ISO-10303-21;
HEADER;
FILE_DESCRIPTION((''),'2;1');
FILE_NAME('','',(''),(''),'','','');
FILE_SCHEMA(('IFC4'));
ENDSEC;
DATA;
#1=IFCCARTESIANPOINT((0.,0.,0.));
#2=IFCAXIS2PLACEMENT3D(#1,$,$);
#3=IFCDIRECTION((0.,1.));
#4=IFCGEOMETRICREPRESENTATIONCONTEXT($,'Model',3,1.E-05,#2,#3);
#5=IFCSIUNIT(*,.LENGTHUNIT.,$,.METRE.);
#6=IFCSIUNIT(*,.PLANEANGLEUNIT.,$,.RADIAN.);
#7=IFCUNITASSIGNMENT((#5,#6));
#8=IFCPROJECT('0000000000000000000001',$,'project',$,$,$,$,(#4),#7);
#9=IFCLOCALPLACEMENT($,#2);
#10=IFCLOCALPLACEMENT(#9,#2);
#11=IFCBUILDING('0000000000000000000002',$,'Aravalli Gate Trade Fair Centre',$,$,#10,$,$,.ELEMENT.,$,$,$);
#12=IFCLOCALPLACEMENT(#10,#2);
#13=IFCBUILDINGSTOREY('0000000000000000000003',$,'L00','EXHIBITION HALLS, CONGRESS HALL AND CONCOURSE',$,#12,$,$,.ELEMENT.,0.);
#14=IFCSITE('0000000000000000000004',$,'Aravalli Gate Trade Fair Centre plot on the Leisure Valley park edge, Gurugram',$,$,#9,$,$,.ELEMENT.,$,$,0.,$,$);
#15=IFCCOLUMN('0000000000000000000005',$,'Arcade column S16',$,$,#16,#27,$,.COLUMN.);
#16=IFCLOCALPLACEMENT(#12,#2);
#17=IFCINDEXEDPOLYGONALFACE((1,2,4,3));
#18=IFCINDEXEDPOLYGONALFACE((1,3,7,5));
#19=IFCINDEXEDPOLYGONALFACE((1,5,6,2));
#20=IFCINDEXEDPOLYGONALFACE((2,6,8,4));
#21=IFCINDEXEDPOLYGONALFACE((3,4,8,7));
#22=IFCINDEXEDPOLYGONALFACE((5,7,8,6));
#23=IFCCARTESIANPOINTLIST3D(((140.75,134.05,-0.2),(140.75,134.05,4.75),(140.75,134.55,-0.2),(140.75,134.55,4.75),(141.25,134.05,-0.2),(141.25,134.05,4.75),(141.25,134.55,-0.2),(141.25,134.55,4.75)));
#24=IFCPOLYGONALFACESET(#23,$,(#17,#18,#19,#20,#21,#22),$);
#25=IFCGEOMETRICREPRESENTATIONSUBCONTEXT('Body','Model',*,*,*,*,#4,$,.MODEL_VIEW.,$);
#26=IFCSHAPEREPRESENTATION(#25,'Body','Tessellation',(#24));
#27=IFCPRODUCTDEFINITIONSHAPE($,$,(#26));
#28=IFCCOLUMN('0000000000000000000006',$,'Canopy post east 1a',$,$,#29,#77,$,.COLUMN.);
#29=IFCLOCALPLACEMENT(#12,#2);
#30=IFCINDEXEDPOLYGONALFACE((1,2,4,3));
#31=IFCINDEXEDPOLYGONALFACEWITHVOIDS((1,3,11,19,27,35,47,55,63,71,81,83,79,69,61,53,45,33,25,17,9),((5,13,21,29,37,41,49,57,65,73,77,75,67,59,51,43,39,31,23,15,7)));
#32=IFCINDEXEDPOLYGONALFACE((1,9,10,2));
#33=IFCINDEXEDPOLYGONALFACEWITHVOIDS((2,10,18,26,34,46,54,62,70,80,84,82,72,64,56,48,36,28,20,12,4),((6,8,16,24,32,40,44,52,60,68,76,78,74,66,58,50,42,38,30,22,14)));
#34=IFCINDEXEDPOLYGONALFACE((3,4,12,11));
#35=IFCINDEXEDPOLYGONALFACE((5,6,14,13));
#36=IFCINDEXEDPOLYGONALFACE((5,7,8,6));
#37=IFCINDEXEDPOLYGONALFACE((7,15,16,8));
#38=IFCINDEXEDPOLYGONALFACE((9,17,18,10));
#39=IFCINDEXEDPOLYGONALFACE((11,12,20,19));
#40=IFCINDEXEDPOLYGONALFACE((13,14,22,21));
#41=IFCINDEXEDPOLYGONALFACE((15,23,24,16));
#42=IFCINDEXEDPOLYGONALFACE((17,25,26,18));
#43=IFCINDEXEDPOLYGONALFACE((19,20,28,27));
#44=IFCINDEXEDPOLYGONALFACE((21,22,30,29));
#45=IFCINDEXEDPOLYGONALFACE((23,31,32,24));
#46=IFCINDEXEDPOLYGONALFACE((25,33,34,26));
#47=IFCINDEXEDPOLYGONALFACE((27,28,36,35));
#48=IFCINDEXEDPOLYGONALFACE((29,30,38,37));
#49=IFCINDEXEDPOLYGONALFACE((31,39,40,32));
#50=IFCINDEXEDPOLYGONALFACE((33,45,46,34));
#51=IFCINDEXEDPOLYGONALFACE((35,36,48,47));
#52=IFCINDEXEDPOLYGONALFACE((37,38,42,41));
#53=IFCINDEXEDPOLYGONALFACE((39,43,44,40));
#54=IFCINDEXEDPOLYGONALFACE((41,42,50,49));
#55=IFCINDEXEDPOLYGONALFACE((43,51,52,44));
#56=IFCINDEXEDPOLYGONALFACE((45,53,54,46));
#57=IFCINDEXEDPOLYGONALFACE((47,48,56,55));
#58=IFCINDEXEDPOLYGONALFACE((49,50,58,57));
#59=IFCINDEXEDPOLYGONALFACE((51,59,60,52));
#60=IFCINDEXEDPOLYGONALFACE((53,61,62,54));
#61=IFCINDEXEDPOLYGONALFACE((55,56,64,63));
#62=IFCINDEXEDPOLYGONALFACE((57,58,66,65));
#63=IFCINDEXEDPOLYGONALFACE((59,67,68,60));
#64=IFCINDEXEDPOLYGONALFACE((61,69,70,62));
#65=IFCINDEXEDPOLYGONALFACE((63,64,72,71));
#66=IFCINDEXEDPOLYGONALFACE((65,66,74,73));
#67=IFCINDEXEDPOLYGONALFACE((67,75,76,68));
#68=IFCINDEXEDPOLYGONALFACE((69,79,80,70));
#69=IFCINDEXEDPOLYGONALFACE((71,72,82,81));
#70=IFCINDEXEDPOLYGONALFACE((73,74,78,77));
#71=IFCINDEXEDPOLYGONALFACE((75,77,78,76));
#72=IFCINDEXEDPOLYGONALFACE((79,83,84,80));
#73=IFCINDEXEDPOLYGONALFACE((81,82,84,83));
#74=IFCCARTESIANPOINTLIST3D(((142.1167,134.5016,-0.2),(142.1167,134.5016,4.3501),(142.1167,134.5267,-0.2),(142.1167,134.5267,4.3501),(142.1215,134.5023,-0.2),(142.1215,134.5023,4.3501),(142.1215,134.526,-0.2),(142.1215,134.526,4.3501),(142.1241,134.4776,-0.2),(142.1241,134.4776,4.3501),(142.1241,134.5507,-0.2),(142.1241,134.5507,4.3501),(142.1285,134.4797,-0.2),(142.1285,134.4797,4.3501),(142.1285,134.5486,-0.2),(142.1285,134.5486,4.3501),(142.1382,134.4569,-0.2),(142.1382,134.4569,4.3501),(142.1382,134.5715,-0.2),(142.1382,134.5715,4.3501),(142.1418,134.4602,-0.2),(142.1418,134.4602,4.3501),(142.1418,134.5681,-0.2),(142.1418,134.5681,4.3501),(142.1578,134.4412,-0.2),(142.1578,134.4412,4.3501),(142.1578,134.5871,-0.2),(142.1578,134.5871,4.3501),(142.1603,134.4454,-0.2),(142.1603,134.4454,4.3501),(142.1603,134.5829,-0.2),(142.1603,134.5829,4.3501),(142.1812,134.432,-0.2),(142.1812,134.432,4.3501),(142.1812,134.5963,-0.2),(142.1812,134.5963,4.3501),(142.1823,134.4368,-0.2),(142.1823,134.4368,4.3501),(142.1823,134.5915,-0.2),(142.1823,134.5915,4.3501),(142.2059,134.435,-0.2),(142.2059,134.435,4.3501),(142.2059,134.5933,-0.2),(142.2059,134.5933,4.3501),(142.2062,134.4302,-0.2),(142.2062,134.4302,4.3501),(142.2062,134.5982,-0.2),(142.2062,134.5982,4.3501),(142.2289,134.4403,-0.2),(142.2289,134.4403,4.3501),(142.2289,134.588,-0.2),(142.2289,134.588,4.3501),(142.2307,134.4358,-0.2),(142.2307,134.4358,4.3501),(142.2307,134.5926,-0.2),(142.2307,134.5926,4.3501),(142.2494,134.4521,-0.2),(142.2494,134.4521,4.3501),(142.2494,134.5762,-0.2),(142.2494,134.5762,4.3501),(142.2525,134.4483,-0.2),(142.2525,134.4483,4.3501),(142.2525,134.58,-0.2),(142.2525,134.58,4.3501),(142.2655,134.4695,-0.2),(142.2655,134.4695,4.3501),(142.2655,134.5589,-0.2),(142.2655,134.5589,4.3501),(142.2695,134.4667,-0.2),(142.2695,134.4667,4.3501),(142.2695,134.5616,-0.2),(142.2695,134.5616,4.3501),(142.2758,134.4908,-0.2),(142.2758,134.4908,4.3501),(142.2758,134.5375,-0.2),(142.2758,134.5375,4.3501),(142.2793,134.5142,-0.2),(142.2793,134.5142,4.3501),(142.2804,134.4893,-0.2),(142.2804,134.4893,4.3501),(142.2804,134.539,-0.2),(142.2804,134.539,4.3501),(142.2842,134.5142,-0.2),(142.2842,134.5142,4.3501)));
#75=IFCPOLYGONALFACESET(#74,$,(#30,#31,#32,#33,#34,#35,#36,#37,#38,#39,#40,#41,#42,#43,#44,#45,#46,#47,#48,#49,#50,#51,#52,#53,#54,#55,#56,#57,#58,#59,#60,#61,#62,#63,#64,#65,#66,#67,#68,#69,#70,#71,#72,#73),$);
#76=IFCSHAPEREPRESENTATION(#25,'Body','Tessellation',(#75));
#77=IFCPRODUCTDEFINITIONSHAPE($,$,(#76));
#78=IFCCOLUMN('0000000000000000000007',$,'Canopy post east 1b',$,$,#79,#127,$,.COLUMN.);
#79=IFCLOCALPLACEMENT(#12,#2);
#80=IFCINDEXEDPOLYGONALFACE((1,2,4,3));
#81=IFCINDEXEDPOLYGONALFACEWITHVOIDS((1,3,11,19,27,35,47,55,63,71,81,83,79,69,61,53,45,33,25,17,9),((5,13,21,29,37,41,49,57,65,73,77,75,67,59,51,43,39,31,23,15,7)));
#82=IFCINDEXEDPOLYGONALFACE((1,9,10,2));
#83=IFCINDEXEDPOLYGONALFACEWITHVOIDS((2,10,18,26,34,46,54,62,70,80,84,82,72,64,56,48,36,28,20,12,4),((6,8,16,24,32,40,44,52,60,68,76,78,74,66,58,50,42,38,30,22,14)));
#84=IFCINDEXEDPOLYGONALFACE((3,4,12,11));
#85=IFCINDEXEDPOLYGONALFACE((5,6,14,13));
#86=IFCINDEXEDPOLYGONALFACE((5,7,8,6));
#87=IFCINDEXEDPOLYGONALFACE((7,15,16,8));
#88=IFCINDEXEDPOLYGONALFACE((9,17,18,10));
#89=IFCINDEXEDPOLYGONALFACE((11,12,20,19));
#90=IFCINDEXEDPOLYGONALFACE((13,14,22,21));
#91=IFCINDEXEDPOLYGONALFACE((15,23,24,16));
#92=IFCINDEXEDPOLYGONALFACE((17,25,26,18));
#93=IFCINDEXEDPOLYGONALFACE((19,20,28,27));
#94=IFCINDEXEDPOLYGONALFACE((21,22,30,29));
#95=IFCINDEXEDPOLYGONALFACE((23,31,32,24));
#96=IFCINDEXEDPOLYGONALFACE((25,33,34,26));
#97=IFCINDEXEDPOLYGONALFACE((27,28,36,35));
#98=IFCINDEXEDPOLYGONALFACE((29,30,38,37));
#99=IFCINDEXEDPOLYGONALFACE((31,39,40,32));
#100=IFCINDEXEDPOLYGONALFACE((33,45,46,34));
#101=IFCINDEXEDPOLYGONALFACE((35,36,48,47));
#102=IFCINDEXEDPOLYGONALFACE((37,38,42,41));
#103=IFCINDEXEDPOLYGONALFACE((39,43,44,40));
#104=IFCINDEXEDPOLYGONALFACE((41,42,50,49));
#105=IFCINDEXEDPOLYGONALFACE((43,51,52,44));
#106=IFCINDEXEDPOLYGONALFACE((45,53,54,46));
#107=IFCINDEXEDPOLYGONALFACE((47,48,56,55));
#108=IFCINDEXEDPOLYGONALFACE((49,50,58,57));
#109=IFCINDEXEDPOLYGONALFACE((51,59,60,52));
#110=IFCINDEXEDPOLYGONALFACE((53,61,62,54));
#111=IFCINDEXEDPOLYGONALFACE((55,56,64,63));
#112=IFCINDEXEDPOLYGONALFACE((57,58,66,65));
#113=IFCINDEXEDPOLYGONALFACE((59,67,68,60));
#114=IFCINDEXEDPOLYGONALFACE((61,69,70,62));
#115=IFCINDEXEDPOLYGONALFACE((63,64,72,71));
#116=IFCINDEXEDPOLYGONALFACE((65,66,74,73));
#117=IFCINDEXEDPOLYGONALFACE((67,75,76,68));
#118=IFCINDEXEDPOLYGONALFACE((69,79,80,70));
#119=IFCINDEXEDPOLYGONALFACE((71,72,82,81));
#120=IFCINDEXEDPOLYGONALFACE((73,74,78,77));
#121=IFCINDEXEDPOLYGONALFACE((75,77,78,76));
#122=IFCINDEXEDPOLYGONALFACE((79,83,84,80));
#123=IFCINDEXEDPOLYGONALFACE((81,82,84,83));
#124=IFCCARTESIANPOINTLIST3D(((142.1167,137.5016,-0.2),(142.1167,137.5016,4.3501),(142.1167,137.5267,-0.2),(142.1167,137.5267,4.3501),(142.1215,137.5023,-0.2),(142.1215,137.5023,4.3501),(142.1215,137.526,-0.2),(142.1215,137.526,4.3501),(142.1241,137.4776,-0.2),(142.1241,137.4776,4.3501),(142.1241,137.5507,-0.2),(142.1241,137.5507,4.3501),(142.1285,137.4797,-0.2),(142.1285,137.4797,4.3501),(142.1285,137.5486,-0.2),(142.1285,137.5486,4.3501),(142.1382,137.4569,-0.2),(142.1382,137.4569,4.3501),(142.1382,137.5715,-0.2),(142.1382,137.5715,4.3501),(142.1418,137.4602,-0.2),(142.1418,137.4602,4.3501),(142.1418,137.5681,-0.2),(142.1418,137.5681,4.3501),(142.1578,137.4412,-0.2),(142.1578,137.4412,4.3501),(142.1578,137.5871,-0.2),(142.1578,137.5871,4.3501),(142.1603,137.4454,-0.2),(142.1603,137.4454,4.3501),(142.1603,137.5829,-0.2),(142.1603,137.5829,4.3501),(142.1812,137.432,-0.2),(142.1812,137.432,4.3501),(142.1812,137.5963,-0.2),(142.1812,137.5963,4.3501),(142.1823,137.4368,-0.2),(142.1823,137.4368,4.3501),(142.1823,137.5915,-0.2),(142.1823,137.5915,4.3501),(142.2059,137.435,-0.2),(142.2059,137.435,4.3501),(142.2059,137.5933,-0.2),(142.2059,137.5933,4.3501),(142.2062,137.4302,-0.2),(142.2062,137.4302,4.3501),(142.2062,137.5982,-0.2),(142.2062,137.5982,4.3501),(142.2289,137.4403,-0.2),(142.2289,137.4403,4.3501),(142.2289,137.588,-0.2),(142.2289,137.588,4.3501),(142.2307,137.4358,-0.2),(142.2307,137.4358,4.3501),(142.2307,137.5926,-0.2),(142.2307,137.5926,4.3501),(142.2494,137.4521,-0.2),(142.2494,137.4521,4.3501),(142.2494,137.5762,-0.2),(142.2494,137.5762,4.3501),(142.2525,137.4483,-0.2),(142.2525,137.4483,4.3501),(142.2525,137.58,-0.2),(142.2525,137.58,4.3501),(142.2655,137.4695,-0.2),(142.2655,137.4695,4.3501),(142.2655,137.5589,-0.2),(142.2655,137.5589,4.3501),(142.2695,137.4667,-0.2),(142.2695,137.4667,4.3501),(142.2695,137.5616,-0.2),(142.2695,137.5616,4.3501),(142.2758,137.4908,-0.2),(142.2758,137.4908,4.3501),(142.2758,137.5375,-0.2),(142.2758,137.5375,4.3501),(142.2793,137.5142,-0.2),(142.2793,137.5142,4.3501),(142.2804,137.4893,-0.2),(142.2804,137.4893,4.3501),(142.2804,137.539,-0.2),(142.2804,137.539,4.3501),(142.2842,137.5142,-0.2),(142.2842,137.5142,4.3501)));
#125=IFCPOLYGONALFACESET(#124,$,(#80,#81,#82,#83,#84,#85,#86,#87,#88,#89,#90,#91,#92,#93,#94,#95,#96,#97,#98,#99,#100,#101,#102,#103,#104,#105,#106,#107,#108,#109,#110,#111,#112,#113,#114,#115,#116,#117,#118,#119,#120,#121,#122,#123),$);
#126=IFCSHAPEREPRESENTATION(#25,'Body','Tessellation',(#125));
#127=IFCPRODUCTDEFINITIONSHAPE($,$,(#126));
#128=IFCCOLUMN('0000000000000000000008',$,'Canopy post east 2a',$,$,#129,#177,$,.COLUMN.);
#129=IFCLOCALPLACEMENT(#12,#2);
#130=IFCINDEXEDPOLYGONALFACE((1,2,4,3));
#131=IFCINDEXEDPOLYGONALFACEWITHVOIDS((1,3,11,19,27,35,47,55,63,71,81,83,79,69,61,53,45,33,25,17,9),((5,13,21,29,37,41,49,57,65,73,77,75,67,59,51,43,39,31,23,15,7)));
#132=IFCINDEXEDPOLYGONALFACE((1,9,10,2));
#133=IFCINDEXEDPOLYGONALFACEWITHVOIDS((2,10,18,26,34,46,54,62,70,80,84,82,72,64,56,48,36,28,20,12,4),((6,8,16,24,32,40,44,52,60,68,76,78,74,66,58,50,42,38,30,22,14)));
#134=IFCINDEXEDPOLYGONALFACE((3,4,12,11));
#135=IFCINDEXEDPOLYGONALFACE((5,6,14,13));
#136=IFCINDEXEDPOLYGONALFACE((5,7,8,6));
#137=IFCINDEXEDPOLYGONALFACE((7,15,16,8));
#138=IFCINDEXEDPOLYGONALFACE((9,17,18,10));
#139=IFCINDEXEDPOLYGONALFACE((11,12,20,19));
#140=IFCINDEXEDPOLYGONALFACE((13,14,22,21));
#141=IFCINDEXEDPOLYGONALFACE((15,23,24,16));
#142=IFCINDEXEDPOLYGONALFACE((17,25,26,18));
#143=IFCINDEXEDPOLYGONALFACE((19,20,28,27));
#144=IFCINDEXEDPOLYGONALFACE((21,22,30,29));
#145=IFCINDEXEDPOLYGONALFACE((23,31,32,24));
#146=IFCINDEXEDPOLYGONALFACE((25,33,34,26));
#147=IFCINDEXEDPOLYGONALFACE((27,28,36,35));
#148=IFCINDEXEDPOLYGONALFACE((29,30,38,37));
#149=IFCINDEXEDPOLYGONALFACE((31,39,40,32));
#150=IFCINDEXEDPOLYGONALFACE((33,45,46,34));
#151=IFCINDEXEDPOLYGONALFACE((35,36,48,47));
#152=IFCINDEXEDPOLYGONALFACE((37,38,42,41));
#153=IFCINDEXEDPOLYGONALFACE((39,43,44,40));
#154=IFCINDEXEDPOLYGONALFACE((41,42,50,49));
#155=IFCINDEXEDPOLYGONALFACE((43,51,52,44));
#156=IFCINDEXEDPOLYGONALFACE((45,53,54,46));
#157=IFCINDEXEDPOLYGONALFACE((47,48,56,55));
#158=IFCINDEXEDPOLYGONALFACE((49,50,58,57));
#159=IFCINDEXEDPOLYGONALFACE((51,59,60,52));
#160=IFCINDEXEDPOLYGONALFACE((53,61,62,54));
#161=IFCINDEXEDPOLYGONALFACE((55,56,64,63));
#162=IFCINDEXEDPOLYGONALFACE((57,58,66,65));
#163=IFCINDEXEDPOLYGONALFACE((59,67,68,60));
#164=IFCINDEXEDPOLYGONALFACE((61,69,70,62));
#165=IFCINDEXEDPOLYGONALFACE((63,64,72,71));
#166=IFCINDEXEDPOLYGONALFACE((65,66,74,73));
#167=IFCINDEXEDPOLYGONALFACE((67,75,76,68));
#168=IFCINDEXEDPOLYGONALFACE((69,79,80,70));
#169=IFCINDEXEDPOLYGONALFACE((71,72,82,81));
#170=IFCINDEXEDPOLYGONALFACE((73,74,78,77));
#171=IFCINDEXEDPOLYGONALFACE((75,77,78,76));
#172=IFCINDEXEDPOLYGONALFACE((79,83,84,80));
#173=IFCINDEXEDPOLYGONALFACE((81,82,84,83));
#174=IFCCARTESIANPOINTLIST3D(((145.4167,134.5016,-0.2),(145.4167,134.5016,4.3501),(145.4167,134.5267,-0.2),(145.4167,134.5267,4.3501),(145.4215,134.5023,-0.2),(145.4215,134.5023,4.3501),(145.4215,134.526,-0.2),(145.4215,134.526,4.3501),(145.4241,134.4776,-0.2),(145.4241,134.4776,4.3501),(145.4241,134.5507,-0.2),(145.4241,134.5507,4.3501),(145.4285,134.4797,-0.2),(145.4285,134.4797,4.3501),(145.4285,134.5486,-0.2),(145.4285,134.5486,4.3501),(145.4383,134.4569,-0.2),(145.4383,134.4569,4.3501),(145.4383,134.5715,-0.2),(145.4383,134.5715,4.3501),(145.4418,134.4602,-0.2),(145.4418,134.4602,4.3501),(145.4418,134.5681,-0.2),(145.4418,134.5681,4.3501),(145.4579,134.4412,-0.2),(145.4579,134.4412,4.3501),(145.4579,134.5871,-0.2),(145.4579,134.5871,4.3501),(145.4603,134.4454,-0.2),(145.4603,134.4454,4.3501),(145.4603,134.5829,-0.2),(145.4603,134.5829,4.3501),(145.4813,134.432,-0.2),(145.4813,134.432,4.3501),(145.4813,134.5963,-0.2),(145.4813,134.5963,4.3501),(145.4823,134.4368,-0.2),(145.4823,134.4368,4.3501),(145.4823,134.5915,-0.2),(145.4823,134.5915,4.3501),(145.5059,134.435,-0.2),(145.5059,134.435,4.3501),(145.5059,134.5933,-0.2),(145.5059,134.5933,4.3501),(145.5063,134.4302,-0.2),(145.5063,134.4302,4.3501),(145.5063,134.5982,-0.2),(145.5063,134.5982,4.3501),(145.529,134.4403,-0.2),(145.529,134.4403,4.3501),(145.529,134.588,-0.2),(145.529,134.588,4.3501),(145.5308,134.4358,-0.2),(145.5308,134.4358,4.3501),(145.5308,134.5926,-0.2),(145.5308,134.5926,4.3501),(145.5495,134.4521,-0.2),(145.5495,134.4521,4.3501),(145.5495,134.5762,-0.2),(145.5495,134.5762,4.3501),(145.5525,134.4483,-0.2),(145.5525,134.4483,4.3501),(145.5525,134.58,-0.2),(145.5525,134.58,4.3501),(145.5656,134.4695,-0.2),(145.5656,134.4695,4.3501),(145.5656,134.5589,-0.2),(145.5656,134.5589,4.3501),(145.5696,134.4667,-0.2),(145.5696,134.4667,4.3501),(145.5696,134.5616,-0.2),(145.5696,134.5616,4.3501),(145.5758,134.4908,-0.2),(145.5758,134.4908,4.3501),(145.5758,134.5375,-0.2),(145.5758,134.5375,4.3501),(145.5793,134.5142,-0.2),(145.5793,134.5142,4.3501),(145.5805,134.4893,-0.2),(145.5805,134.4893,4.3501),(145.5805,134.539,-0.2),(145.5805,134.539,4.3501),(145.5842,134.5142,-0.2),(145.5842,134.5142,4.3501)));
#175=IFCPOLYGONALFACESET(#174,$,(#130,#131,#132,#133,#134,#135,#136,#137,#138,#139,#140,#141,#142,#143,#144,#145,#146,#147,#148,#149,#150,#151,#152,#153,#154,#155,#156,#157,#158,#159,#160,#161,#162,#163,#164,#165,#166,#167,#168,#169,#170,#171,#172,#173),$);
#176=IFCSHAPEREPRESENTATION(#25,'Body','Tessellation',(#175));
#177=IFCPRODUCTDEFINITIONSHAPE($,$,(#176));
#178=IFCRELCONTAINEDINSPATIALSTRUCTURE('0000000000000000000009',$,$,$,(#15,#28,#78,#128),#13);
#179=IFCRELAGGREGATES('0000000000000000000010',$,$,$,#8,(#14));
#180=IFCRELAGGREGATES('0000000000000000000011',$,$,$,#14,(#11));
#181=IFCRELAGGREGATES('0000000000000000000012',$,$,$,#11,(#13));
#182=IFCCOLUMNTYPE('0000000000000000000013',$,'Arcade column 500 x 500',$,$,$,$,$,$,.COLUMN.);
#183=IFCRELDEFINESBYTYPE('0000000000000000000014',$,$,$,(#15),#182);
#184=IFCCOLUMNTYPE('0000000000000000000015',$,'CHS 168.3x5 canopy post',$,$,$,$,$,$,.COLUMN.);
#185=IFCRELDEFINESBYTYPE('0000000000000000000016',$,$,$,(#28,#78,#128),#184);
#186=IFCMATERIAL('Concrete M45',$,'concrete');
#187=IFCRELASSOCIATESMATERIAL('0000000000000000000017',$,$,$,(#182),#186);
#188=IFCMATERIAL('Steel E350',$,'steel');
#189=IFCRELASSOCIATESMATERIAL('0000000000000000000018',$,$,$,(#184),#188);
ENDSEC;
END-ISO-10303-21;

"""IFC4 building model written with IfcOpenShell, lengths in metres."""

from ifc_helpers import new_model, si_unit, direction, frame, origin, origin_2d, place, context, subcontext, project, spatial, rectangle, hollow_circle, extrude, material, material_profile, profile_set, type_object, element, save


model = new_model("IFC4")

# Units and contexts
model_context = context("Model", 3, precision=1e-05, world=origin(), true_north=direction((0.0, 1.0)))
body_context = subcontext(model_context, "Body", "Model", "MODEL_VIEW")
ifc_project = project(units=[si_unit("LENGTHUNIT", "METRE"), si_unit("PLANEANGLEUNIT", "RADIAN")], contexts=[model_context])

# Site, building, storey
site_placement = place(None, origin())
site = spatial("IfcSite", under=ifc_project, at=site_placement, Name="Aravalli Gate Trade Fair Centre plot on the Leisure Valley park edge, Gurugram", CompositionType="ELEMENT", RefElevation=0.0)
building_placement = place(site_placement, origin())
building = spatial("IfcBuilding", under=site, at=building_placement, Name="Aravalli Gate Trade Fair Centre", CompositionType="ELEMENT")
storey_placement = place(building_placement, origin())
storey = spatial("IfcBuildingStorey", under=building, at=storey_placement, Name="L00", Description="EXHIBITION HALLS, CONGRESS HALL AND CONCOURSE", CompositionType="ELEMENT", Elevation=0.0)

# Columns
ifc_material_1 = material(Name="Concrete M45", Category="concrete")
ifc_material_profile_1 = material_profile(ifc_material_1, rectangle(XDim=0.5, YDim=0.5, at=origin_2d()), Name="Arcade column 500 x 500")
ifc_profile_set_1 = profile_set([ifc_material_profile_1], Name="Concrete M45")
column_type_1 = type_object("IfcColumnType", Name="Arcade column 500 x 500", PredefinedType="COLUMN", material=ifc_profile_set_1)
column_placement = place(storey_placement, frame((141.0, 134.3, -0.2), z_axis=(0.0, 0.0, 1.0), x_axis=(1.0, 0.0, 0.0)))
element("IfcColumn", 1, at=column_placement, inside=storey, type_object=column_type_1, Name="Arcade column S16", PredefinedType="COLUMN", context=body_context, shape_type="SweptSolid", body=[
    extrude(rectangle(XDim=0.5, YDim=0.5, at=origin_2d()), origin(), (0.0, 0.0, 1.0), 4.95),
])
ifc_material_2 = material(Name="Steel E350", Category="steel")
ifc_material_profile_2 = material_profile(ifc_material_2, hollow_circle(Radius=0.0842, WallThickness=0.0049, at=origin_2d()), Name="CHS 168.3x5")
ifc_profile_set_2 = profile_set([ifc_material_profile_2], Name="Steel E350")
column_type_2 = type_object("IfcColumnType", Name="CHS 168.3x5 canopy post", PredefinedType="COLUMN", material=ifc_profile_set_2)
for number, where, z_axis, x_axis, name in (
    (2, (142.2, 134.5142, -0.2), (0.0, 0.0, 1.0), (1.0, 0.0, 0.0), "Canopy post east 1a"),
    (3, (142.2, 137.5142, -0.2), (0.0, 0.0, 1.0), (1.0, 0.0, 0.0), "Canopy post east 1b"),
    (4, (145.5, 134.5142, -0.2), (0.0, 0.0, 1.0), (1.0, 0.0, 0.0), "Canopy post east 2a"),
):
    element("IfcColumn", number, at=place(storey_placement, frame(where, z_axis=z_axis, x_axis=x_axis)), inside=storey, type_object=column_type_2, Name=name, PredefinedType="COLUMN", context=body_context, shape_type="SweptSolid", body=[
        extrude(hollow_circle(Radius=0.0842, WallThickness=0.0049, at=origin_2d()), origin(), (0.0, 0.0, 1.0), 4.55),
    ])

save(model, "model.ifc")
